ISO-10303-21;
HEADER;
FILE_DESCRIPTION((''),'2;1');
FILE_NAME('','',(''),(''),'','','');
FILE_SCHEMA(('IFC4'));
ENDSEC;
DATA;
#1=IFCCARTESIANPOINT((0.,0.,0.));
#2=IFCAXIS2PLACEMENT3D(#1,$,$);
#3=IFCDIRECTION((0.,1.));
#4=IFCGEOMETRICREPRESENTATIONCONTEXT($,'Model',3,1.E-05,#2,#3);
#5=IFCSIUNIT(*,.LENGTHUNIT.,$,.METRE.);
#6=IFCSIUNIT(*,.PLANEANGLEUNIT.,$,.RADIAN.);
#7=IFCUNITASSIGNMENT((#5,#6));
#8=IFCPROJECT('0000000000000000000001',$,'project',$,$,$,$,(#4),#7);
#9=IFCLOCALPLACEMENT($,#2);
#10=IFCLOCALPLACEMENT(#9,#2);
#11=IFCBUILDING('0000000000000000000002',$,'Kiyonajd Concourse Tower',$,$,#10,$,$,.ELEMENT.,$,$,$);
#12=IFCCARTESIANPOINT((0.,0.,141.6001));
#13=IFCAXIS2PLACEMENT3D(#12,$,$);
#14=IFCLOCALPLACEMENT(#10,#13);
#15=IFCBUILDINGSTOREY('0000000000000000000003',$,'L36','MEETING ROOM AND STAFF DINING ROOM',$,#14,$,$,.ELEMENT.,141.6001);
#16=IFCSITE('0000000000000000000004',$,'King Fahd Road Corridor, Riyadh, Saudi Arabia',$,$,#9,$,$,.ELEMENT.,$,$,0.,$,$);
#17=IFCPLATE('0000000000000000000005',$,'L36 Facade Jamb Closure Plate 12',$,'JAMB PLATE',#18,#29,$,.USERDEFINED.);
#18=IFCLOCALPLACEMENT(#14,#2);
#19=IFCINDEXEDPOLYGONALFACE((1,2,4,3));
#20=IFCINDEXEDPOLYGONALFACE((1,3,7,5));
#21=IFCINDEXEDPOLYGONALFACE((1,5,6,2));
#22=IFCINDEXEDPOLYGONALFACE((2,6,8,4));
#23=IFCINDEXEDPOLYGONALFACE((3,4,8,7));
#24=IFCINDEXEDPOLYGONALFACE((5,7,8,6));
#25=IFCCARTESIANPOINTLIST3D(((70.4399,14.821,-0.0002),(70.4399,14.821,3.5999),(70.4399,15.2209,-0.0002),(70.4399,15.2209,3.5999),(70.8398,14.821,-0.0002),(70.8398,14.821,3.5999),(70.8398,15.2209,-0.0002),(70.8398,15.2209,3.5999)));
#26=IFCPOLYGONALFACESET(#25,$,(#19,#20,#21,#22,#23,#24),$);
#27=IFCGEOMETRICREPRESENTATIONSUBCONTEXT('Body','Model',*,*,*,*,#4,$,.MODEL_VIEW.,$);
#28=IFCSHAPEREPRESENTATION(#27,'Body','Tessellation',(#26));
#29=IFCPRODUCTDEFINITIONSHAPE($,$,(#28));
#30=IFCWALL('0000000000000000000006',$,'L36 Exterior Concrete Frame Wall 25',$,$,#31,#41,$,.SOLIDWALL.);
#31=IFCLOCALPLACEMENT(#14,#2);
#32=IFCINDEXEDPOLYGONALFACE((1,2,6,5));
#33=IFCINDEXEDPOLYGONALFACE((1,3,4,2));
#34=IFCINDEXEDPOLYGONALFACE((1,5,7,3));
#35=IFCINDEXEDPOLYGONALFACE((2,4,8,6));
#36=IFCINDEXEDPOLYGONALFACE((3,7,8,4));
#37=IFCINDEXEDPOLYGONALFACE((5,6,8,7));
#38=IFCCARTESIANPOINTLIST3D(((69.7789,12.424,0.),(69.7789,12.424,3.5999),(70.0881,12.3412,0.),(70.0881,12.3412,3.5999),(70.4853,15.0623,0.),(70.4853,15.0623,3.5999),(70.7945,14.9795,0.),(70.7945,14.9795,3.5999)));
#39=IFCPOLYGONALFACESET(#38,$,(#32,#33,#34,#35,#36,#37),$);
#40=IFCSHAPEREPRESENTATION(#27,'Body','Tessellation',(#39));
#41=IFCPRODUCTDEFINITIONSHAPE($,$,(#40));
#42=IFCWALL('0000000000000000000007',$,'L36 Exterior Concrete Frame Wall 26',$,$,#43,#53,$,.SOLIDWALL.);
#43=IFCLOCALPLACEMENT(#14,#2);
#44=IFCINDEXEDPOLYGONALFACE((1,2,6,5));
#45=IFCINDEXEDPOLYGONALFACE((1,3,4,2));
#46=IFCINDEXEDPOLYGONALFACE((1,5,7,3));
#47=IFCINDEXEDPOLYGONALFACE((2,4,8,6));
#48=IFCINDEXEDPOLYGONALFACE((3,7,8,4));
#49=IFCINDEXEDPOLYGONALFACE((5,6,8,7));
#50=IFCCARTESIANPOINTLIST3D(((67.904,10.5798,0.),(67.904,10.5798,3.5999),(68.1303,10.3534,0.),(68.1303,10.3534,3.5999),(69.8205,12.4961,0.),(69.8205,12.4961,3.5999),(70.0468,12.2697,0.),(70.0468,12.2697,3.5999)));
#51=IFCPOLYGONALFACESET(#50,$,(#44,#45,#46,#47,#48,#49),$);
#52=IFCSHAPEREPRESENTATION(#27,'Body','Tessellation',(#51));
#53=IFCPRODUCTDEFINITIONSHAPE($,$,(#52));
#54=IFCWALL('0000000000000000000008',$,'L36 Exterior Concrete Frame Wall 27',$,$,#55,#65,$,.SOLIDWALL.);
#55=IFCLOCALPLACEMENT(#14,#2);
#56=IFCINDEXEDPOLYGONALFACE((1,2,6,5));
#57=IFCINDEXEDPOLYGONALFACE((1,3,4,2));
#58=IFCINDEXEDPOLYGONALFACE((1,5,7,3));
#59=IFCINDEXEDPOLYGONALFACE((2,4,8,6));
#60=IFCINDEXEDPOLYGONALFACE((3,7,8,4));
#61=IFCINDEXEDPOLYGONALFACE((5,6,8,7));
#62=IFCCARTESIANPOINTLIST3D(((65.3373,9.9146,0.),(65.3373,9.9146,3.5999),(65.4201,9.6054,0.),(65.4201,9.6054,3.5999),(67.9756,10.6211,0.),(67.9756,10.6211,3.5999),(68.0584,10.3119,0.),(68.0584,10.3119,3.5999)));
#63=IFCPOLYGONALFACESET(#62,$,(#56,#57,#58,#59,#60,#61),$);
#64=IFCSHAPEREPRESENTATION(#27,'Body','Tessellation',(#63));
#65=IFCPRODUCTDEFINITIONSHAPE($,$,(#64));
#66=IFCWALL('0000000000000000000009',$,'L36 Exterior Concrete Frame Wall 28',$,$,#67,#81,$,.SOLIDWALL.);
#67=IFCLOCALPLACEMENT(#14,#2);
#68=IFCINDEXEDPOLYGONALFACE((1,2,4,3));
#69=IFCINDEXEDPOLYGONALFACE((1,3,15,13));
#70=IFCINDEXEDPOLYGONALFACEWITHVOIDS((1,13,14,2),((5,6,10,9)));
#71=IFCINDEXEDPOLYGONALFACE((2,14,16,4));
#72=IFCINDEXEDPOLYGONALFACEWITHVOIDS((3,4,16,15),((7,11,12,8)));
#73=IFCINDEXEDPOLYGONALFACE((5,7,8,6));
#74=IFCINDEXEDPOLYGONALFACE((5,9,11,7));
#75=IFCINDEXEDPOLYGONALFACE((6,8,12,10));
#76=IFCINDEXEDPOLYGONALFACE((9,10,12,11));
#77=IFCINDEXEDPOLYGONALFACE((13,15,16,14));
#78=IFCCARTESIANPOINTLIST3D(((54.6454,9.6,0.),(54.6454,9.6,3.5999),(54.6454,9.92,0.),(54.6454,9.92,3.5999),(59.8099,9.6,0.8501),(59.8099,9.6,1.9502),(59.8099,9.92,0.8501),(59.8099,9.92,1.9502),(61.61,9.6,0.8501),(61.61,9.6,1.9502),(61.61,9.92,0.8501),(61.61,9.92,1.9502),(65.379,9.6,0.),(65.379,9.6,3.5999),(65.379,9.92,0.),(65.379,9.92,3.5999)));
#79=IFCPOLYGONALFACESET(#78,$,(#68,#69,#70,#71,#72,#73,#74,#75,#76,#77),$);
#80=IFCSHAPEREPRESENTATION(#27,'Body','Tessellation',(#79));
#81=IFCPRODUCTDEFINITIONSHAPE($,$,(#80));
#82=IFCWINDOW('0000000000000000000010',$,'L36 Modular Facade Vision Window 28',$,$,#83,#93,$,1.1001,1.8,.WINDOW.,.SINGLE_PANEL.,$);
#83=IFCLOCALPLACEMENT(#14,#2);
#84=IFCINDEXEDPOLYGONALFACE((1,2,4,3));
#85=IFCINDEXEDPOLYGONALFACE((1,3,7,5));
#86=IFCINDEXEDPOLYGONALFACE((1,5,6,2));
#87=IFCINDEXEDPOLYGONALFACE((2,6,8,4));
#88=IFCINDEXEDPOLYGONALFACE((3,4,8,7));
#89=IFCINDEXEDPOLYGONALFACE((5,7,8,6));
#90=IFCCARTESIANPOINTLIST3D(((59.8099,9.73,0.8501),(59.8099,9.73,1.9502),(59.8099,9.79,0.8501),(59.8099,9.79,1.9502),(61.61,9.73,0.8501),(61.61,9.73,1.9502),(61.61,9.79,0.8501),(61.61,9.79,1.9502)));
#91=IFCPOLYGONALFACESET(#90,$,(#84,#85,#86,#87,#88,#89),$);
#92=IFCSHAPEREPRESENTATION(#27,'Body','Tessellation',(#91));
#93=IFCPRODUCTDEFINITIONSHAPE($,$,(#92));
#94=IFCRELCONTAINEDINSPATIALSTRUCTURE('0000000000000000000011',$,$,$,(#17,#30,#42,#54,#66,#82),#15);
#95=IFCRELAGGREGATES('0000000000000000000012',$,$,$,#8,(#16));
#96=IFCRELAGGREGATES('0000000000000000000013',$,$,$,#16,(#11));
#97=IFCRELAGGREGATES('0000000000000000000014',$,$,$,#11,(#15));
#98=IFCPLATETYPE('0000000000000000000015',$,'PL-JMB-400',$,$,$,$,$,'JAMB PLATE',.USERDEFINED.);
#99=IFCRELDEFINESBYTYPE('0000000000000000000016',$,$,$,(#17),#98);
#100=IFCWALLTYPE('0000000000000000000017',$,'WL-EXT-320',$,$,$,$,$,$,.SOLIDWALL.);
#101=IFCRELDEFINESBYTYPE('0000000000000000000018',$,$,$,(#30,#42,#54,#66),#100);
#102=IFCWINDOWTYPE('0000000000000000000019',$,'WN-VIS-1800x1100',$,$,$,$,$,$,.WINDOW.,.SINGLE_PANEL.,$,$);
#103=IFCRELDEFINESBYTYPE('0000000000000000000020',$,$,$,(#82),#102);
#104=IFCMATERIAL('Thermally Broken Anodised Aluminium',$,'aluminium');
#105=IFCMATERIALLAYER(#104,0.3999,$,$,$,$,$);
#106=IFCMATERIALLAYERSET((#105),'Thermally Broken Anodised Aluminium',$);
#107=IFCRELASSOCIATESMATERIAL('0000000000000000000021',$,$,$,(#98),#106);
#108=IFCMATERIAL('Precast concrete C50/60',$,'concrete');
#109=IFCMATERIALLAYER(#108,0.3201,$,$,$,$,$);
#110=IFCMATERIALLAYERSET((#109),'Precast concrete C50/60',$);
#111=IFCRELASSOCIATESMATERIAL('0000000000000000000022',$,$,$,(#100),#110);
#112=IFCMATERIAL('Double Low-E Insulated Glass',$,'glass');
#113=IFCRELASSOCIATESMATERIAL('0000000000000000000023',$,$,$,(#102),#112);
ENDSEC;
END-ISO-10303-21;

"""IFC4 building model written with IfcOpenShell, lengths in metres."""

from ifc_helpers import new_model, si_unit, direction, frame, frame_2d, origin, origin_2d, place, context, subcontext, project, spatial, rectangle, extrude, material, layer, layer_set, type_object, element, fill, save


model = new_model("IFC4")

# Units and contexts
model_context = context("Model", 3, precision=1e-05, world=origin(), true_north=direction((0.0, 1.0)))
body_context = subcontext(model_context, "Body", "Model", "MODEL_VIEW")
ifc_project = project(units=[si_unit("LENGTHUNIT", "METRE"), si_unit("PLANEANGLEUNIT", "RADIAN")], contexts=[model_context])

# Site, building, storey
site_placement = place(None, origin())
site = spatial("IfcSite", under=ifc_project, at=site_placement, Name="King Fahd Road Corridor, Riyadh, Saudi Arabia", CompositionType="ELEMENT", RefElevation=0.0)
building_placement = place(site_placement, origin())
building = spatial("IfcBuilding", under=site, at=building_placement, Name="Kiyonajd Concourse Tower", CompositionType="ELEMENT")
storey_placement = place(building_placement, frame((0.0, 0.0, 141.6001)))
storey = spatial("IfcBuildingStorey", under=building, at=storey_placement, Name="L36", Description="MEETING ROOM AND STAFF DINING ROOM", CompositionType="ELEMENT", Elevation=141.6001)

# Shared definitions
ifc_material_1 = material(Name="Thermally Broken Anodised Aluminium", Category="aluminium")

# Plate
ifc_material_2 = material(Name="Double Low-E Insulated Glass", Category="glass")
ifc_layer_1 = layer(ifc_material_1, 0.3999)
ifc_layer_set_1 = layer_set([ifc_layer_1], Name="Thermally Broken Anodised Aluminium")
plate_type_1 = type_object("IfcPlateType", Name="PL-JMB-400", ElementType="JAMB PLATE", PredefinedType="USERDEFINED", material=ifc_layer_set_1)
plate_1_placement = place(storey_placement, frame((70.6399, 15.021, -0.0002), z_axis=(0.0, 0.0, 1.0), x_axis=(1.0, 0.0, 0.0)))
element("IfcPlate", 1, at=plate_1_placement, inside=storey, type_object=plate_type_1, Name="L36 Facade Jamb Closure Plate 12", ObjectType="JAMB PLATE", PredefinedType="USERDEFINED", context=body_context, shape_type="SweptSolid", body=[
    extrude(rectangle(XDim=0.3999, YDim=0.3999, at=origin_2d()), origin(), (0.0, 0.0, 1.0), 3.6001),
])

# Walls
ifc_material_3 = material(Name="Precast concrete C50/60", Category="concrete")
ifc_layer_2 = layer(ifc_material_3, 0.3201)
ifc_layer_set_2 = layer_set([ifc_layer_2], Name="Precast concrete C50/60")
wall_type = type_object("IfcWallType", Name="WL-EXT-320", PredefinedType="SOLIDWALL", material=ifc_layer_set_2)
wall_1_placement = place(storey_placement, frame((70.6399, 15.021, 0.0), z_axis=(0.0, 0.0, 1.0), x_axis=(-0.258614, -0.965981, 0.0)))
element("IfcWall", 2, at=wall_1_placement, inside=storey, type_object=wall_type, Name="L36 Exterior Concrete Frame Wall 25", PredefinedType="SOLIDWALL", context=body_context, shape_type="SweptSolid", body=[
    extrude(rectangle(XDim=2.7312, YDim=0.3201, at=frame_2d((1.3657, 0.0))), origin(), (0.0, 0.0, 1.0), 3.5999),
])
wall_2_placement = place(storey_placement, frame((69.9336, 12.3828, 0.0), z_axis=(0.0, 0.0, 1.0), x_axis=(-0.707152, -0.707062, 0.0)))
element("IfcWall", 3, at=wall_2_placement, inside=storey, type_object=wall_type, Name="L36 Exterior Concrete Frame Wall 26", PredefinedType="SOLIDWALL", context=body_context, shape_type="SweptSolid", body=[
    extrude(rectangle(XDim=2.7102, YDim=0.3201, at=frame_2d((1.355, 0.0))), origin(), (0.0, 0.0, 1.0), 3.5999),
])
wall_3_placement = place(storey_placement, frame((68.0171, 10.4666, 0.0), z_axis=(0.0, 0.0, 1.0), x_axis=(-0.965958, -0.258697, 0.0)))
element("IfcWall", 4, at=wall_3_placement, inside=storey, type_object=wall_type, Name="L36 Exterior Concrete Frame Wall 27", PredefinedType="SOLIDWALL", context=body_context, shape_type="SweptSolid", body=[
    extrude(rectangle(XDim=2.7312, YDim=0.3201, at=frame_2d((1.3657, 0.0))), origin(), (0.0, 0.0, 1.0), 3.5999),
])

# Wall, opening, window
wall_4_placement = place(storey_placement, frame((65.3789, 9.76, 0.0), z_axis=(0.0, 0.0, 1.0), x_axis=(-1.0, 0.0, 0.0)))
wall_4 = element("IfcWall", 5, at=wall_4_placement, inside=storey, type_object=wall_type, Name="L36 Exterior Concrete Frame Wall 28", PredefinedType="SOLIDWALL", context=body_context, shape_type="SweptSolid", body=[
    extrude(rectangle(XDim=10.7336, YDim=0.3201, at=frame_2d((5.3667, 0.0))), origin(), (0.0, 0.0, 1.0), 3.5999),
])
opening_placement = place(wall_4_placement, frame((3.769, 0.0, 0.8501)))
opening = element("IfcOpeningElement", 6, at=opening_placement, cuts=wall_4, PredefinedType="OPENING", context=body_context, shape_type="SweptSolid", body=[
    extrude(rectangle(XDim=1.8, YDim=1.1001, at=frame_2d((0.8999, 0.55))), frame((0.0, 0.1699, 0.0), z_axis=(0.0, -1.0, 0.0), x_axis=(1.0, 0.0, 0.0)), (0.0, 0.0, 1.0), 0.3401),
])
window_type = type_object("IfcWindowType", Name="WN-VIS-1800x1100", PartitioningType="SINGLE_PANEL", PredefinedType="WINDOW", material=ifc_material_2)
window_placement = place(opening_placement, origin())
window = element("IfcWindow", 7, at=window_placement, inside=storey, type_object=window_type, Name="L36 Modular Facade Vision Window 28", OverallHeight=1.1001, OverallWidth=1.8, PartitioningType="SINGLE_PANEL", PredefinedType="WINDOW", context=body_context, shape_type="SweptSolid", body=[
    extrude(rectangle(XDim=1.8, YDim=1.1001, at=frame_2d((0.8999, 0.55))), frame((0.0, 0.03, 0.0), z_axis=(0.0, -1.0, 0.0), x_axis=(1.0, 0.0, 0.0)), (0.0, 0.0, 1.0), 0.0601),
])
fill(opening, window)

save(model, "model.ifc")
